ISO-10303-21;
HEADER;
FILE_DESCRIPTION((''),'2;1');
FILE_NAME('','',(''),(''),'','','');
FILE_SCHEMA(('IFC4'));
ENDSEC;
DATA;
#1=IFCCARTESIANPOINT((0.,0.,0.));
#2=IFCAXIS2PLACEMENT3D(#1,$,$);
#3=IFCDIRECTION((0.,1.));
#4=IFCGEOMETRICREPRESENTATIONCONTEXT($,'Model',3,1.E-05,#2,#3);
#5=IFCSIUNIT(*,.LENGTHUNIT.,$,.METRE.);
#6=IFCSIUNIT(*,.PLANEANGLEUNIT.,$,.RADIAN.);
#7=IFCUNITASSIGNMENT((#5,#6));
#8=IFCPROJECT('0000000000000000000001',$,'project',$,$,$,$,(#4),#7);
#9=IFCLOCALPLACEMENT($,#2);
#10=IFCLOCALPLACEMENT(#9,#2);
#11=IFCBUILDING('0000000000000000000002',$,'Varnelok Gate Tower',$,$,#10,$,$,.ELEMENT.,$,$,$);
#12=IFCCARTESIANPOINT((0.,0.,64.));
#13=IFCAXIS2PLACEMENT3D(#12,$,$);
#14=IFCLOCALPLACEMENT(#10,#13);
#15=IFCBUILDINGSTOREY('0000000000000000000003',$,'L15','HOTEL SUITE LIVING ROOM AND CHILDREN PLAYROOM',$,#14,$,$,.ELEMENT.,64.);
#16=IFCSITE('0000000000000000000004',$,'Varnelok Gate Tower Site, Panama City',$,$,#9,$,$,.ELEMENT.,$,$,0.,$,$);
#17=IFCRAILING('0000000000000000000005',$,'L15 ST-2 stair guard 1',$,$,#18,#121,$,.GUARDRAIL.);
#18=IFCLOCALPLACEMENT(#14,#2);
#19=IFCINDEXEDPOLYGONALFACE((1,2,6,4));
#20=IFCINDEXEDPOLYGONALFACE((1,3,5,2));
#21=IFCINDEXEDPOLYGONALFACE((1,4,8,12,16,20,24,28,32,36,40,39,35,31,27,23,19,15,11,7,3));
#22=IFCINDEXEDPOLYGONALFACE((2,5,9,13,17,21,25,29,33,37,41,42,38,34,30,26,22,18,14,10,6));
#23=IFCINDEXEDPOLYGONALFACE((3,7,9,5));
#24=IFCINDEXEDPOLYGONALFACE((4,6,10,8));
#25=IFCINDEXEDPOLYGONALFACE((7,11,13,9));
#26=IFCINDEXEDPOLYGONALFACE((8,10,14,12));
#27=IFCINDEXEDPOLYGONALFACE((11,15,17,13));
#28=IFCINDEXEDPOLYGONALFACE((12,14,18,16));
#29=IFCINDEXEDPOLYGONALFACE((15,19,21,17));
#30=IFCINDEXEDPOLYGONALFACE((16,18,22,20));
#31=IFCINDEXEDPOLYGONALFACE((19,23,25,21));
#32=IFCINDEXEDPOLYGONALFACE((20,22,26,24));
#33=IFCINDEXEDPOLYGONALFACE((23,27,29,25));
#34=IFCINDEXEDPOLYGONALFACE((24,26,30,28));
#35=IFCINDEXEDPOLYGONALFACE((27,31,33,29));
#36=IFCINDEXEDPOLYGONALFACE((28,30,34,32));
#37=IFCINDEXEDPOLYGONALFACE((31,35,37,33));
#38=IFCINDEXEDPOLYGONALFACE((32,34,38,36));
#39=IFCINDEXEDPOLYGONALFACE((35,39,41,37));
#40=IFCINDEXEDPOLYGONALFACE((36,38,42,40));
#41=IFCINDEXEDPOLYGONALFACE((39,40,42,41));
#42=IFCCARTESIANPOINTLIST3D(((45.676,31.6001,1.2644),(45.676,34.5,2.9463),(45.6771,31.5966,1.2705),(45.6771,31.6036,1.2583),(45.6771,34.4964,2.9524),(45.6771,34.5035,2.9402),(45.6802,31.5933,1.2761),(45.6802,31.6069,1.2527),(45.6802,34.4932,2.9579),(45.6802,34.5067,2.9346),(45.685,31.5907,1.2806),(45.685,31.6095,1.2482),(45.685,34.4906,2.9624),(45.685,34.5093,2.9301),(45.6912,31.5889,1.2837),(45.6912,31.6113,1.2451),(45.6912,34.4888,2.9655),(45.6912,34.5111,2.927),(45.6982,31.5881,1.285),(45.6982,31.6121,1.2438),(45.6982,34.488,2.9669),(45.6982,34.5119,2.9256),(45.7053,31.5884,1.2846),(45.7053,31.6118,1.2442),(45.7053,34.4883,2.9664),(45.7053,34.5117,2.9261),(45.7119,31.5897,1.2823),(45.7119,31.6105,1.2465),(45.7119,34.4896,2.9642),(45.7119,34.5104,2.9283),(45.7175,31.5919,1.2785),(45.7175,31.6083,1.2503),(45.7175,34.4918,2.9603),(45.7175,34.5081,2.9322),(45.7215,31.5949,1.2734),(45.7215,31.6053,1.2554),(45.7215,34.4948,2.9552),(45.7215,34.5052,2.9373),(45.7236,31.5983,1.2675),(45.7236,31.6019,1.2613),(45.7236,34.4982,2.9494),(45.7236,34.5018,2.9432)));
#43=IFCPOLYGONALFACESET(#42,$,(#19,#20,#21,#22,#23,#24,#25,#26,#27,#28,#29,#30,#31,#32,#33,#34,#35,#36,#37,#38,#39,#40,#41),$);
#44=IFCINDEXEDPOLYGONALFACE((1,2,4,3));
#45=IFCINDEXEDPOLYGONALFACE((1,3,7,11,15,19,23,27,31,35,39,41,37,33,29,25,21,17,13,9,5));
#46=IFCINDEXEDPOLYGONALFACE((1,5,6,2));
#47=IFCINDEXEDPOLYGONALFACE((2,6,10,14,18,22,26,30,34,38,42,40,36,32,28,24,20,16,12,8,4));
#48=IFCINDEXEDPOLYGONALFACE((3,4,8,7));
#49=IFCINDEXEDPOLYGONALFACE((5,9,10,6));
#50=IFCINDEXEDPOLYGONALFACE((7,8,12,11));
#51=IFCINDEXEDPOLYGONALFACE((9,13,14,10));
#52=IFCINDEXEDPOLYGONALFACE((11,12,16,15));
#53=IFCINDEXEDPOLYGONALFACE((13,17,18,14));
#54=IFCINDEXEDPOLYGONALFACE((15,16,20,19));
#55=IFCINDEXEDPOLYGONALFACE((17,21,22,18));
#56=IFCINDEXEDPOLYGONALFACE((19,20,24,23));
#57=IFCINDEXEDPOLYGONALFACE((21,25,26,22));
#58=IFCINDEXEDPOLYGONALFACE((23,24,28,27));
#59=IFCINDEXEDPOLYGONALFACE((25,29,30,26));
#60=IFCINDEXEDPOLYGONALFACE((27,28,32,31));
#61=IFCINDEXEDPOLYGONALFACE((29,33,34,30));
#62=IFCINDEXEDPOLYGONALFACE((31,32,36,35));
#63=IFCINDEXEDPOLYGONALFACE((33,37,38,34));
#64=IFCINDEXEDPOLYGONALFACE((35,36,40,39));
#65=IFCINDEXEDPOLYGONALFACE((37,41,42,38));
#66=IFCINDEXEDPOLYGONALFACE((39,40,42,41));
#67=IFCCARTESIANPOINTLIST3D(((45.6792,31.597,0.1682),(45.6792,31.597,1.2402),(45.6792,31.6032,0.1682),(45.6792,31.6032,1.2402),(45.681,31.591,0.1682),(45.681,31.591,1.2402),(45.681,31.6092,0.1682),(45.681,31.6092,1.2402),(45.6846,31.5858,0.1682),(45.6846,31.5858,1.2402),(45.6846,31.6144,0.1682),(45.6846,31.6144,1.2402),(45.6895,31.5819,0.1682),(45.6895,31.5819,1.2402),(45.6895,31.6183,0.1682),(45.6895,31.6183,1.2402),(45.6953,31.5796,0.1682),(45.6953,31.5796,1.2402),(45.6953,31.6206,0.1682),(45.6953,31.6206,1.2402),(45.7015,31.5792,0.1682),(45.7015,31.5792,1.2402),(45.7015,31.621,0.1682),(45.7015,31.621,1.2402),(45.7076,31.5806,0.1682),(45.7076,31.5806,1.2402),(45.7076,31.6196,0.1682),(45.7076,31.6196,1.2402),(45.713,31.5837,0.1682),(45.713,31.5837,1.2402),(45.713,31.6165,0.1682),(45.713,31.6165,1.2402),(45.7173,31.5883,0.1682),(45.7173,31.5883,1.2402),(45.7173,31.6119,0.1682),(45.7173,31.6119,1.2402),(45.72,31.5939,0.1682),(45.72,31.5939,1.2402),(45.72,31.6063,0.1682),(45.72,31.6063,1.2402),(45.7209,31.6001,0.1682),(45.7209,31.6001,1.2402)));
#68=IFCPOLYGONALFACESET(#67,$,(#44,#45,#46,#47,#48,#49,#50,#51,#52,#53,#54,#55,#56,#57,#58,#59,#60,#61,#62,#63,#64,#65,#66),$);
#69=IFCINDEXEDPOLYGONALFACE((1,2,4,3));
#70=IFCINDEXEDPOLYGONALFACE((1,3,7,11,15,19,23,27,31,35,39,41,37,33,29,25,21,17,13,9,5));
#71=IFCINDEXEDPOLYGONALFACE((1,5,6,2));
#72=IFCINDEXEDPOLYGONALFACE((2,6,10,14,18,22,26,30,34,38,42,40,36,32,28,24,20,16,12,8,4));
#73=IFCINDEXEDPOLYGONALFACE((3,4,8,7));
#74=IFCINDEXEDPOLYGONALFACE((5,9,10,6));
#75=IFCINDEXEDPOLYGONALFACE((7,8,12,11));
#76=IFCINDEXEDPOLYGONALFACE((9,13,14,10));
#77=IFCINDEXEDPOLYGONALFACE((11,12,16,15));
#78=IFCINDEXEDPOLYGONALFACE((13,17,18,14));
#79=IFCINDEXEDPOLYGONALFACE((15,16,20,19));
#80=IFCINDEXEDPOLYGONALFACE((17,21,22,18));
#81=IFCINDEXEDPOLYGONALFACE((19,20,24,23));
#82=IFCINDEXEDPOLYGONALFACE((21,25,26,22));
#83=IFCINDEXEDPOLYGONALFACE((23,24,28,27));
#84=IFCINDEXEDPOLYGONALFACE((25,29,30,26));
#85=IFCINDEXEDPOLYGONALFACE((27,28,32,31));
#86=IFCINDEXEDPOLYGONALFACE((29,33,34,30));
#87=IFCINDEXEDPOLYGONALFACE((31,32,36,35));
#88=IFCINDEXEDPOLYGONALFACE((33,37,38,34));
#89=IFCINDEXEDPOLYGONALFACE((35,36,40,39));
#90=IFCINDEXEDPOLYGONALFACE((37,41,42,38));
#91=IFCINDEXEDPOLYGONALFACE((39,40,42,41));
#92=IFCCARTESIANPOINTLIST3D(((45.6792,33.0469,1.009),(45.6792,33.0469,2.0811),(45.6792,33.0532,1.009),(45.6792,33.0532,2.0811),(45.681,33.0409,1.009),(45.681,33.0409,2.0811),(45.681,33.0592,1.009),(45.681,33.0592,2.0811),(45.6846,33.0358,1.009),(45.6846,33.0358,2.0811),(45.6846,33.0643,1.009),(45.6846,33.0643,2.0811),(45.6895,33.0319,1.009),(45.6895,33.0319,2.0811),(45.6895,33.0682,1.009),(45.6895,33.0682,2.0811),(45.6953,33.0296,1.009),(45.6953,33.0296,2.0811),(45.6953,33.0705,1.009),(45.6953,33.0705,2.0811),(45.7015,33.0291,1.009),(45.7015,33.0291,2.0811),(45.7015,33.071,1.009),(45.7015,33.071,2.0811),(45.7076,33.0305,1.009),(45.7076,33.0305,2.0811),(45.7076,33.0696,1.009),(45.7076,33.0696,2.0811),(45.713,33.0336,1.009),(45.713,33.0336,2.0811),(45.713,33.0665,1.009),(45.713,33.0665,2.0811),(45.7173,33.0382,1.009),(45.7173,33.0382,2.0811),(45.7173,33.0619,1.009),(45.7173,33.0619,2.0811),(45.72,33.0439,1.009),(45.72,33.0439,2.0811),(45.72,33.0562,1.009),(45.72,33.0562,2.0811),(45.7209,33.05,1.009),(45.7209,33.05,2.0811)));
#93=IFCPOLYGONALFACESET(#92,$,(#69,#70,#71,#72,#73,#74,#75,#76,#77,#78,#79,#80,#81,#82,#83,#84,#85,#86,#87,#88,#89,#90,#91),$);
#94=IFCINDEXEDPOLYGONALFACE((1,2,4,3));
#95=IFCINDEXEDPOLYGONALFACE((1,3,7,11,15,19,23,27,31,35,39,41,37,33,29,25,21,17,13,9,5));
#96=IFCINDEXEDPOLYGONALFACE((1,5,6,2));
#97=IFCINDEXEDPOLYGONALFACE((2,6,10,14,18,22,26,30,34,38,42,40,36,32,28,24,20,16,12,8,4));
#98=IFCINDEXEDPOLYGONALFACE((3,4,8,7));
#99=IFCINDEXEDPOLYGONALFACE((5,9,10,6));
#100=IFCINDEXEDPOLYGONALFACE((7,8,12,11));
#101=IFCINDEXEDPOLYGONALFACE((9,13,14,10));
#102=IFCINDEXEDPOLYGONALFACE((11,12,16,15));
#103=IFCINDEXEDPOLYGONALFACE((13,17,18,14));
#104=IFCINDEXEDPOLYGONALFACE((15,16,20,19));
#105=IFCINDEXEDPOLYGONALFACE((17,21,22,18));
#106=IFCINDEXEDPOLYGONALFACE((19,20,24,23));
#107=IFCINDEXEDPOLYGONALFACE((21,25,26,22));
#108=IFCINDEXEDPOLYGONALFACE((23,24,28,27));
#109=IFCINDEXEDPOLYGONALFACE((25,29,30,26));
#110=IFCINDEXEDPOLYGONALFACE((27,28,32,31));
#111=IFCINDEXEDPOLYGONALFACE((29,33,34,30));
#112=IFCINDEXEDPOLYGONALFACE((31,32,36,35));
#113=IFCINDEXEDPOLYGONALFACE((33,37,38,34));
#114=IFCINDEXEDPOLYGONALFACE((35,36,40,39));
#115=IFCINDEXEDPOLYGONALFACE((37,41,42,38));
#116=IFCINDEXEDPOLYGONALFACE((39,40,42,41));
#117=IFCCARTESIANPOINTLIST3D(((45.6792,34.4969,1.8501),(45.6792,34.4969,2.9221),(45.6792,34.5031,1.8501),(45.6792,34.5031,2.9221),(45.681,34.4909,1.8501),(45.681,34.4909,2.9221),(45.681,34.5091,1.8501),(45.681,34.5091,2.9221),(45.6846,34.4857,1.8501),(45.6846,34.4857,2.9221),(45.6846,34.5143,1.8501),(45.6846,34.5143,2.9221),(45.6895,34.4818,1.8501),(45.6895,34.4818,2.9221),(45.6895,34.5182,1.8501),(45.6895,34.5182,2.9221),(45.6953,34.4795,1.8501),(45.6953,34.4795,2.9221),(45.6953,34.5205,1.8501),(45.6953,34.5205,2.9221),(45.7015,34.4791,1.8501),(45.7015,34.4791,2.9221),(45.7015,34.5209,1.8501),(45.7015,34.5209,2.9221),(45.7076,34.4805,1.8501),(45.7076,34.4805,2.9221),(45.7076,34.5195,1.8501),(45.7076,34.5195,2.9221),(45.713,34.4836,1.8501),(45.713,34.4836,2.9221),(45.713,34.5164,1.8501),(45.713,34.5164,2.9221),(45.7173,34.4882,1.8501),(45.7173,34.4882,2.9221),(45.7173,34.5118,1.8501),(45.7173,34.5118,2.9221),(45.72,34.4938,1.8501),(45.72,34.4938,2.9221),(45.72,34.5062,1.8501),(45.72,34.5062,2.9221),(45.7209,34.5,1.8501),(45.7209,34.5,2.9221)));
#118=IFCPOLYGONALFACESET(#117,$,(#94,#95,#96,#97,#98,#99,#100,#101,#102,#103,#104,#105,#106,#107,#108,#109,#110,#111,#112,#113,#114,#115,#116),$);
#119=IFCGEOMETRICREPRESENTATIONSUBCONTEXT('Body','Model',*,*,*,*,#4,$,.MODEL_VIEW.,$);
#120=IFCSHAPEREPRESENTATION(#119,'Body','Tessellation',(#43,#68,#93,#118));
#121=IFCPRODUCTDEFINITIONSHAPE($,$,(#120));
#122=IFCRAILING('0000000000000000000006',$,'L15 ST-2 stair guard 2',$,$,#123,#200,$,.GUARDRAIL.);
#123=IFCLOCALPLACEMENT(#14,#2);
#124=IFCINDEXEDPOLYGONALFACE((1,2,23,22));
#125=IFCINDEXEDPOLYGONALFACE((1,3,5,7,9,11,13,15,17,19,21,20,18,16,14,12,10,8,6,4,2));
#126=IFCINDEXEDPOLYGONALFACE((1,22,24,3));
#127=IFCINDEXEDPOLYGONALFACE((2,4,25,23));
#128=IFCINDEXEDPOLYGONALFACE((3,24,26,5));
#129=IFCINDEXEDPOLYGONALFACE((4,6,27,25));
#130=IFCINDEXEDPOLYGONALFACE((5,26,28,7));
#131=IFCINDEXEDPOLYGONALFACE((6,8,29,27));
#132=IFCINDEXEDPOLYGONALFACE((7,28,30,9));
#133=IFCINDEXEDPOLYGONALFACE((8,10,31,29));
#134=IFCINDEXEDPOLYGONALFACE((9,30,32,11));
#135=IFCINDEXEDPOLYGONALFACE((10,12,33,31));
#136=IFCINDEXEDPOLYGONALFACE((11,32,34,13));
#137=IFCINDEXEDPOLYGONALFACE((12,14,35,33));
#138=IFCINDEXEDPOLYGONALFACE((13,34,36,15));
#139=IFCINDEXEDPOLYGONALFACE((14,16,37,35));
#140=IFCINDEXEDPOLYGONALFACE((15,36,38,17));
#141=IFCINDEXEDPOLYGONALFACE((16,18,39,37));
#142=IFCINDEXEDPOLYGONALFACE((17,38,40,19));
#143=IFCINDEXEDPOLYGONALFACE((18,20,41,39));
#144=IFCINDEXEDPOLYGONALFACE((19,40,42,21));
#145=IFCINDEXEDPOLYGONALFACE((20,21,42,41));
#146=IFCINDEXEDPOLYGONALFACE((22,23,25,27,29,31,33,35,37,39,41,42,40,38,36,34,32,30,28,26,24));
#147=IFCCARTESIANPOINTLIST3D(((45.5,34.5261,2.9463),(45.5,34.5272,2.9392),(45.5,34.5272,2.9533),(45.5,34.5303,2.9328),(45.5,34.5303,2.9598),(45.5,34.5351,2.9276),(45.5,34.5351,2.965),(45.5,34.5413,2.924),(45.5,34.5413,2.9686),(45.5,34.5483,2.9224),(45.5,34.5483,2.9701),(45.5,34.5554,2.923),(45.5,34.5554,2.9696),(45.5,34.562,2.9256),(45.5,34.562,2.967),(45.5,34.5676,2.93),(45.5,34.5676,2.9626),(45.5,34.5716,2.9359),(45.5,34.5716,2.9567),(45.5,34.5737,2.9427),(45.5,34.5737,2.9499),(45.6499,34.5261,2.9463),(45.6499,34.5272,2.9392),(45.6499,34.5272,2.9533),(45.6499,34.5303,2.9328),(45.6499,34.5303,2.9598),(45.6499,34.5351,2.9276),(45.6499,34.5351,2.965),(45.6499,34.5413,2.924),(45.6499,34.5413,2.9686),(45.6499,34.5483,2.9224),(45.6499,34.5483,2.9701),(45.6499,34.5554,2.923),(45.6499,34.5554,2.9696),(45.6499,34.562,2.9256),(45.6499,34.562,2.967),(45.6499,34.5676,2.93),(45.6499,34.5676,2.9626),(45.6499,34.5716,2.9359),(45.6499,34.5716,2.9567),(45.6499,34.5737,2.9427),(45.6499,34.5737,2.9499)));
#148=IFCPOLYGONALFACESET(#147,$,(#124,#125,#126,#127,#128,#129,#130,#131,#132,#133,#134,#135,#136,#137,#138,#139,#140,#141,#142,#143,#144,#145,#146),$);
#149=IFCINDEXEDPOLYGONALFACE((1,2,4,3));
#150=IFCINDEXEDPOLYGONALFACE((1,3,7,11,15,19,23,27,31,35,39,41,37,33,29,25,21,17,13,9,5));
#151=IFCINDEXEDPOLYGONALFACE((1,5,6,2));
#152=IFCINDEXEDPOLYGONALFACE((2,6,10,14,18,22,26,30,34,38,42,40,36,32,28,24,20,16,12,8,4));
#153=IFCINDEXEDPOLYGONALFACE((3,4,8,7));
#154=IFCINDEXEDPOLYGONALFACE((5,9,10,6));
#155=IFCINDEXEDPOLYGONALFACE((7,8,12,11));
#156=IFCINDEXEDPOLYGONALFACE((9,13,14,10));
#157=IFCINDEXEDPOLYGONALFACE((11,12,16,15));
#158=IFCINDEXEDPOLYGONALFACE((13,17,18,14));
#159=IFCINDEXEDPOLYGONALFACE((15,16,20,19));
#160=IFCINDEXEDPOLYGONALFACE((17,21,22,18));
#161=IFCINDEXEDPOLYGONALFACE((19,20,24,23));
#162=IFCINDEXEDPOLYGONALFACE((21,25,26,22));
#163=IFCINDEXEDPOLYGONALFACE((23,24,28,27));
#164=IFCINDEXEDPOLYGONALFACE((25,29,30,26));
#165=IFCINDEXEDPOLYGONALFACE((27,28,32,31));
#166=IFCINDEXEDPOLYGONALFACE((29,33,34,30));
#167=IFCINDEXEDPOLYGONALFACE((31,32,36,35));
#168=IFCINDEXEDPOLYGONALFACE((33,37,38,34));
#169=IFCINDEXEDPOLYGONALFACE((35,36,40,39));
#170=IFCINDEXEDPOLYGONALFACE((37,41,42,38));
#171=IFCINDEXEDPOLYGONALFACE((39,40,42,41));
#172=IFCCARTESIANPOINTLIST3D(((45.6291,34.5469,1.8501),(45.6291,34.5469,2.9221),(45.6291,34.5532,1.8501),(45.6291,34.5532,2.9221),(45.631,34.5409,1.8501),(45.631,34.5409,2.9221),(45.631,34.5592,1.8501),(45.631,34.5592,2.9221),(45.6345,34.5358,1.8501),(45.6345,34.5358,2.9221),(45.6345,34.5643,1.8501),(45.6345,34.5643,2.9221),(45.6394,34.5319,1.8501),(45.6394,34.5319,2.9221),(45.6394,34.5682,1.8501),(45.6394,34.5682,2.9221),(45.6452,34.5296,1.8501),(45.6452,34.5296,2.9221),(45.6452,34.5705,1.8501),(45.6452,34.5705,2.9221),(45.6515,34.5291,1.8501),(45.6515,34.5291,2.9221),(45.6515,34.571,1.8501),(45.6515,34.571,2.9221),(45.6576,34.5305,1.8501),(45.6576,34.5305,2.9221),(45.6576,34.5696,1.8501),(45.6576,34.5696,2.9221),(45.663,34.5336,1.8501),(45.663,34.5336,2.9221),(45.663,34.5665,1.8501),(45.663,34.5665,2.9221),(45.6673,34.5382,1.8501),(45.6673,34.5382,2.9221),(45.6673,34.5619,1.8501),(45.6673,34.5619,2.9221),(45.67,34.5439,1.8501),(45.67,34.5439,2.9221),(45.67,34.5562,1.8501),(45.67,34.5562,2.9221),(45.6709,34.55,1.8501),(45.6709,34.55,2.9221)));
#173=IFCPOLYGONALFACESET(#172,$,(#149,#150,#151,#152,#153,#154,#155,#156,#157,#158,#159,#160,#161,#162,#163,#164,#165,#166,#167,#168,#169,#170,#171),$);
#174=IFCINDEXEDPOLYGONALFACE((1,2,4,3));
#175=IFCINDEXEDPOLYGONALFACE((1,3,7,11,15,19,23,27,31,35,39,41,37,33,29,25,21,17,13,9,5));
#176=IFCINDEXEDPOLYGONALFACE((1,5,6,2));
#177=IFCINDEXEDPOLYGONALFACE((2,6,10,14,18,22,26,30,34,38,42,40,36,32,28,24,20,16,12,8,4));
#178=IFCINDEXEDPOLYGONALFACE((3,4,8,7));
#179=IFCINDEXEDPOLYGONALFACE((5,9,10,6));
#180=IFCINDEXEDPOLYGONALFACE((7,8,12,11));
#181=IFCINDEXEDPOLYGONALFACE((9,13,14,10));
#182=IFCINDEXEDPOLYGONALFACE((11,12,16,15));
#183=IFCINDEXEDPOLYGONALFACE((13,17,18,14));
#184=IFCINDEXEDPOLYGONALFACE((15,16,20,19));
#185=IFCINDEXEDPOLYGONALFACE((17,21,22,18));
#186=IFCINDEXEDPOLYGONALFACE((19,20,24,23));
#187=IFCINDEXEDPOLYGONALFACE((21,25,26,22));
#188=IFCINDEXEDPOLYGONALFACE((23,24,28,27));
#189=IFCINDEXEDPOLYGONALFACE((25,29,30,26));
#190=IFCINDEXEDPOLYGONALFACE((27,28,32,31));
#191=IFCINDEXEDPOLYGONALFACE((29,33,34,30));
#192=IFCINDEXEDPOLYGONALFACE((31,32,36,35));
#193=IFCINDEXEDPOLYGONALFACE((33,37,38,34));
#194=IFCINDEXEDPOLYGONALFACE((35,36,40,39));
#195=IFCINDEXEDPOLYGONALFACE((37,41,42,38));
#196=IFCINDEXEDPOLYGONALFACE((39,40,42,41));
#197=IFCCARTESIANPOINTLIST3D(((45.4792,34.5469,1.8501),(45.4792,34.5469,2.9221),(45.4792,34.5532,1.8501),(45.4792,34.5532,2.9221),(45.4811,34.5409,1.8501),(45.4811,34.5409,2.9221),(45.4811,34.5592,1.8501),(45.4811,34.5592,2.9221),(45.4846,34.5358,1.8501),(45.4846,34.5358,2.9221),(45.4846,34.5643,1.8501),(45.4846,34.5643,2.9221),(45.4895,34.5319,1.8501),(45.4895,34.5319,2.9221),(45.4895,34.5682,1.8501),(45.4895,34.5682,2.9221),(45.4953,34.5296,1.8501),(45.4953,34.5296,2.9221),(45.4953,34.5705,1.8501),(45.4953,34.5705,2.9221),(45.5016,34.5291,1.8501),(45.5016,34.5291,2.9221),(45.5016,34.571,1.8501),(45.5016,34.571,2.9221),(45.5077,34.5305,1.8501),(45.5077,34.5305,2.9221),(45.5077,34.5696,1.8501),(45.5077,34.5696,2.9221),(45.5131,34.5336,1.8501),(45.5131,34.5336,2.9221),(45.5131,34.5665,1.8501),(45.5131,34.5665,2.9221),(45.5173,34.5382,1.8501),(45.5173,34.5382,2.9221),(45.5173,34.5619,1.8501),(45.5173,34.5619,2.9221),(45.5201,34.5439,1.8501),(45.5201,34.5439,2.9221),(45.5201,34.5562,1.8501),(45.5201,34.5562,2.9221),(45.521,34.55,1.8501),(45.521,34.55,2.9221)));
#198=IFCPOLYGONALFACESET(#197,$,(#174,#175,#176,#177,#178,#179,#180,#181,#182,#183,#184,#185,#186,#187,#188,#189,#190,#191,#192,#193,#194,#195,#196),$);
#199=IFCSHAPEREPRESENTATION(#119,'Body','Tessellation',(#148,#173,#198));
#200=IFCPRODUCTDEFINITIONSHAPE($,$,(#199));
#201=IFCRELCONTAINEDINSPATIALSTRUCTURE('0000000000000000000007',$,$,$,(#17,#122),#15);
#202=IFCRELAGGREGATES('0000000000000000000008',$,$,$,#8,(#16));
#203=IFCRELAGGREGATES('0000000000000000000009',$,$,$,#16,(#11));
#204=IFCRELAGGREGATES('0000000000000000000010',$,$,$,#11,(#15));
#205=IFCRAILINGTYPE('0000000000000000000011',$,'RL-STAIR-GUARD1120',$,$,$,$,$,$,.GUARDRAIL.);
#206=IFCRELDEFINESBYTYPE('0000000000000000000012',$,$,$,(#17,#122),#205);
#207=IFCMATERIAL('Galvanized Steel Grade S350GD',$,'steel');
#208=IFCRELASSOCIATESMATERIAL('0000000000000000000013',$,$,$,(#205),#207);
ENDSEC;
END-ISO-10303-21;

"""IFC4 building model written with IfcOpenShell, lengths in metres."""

from ifc_helpers import new_model, si_unit, direction, frame, origin, origin_2d, place, context, subcontext, project, spatial, circle, extrude, material, type_object, element, save


model = new_model("IFC4")

# Units and contexts
model_context = context("Model", 3, precision=1e-05, world=origin(), true_north=direction((0.0, 1.0)))
body_context = subcontext(model_context, "Body", "Model", "MODEL_VIEW")
ifc_project = project(units=[si_unit("LENGTHUNIT", "METRE"), si_unit("PLANEANGLEUNIT", "RADIAN")], contexts=[model_context])

# Site, building, storey
site_placement = place(None, origin())
site = spatial("IfcSite", under=ifc_project, at=site_placement, Name="Varnelok Gate Tower Site, Panama City", CompositionType="ELEMENT", RefElevation=0.0)
building_placement = place(site_placement, origin())
building = spatial("IfcBuilding", under=site, at=building_placement, Name="Varnelok Gate Tower", CompositionType="ELEMENT")
storey_placement = place(building_placement, frame((0.0, 0.0, 64.0)))
storey = spatial("IfcBuildingStorey", under=building, at=storey_placement, Name="L15", Description="HOTEL SUITE LIVING ROOM AND CHILDREN PLAYROOM", CompositionType="ELEMENT", Elevation=64.0)

# Shared definitions
ifc_material_1 = material(Name="Galvanized Steel Grade S350GD", Category="steel")

# Railings
railing_type_1 = type_object("IfcRailingType", Name="RL-STAIR-GUARD1120", PredefinedType="GUARDRAIL", material=ifc_material_1)
railing_1_placement = place(storey_placement, frame((45.7, 31.6001, 0.1682)))
element("IfcRailing", 1, at=railing_1_placement, inside=storey, type_object=railing_type_1, Name="L15 ST-2 stair guard 1", PredefinedType="GUARDRAIL", context=body_context, shape_type="SweptSolid", body=[
    extrude(circle(Radius=0.0239, at=origin_2d()), frame((0.0, 0.0, 1.0962), z_axis=(0.0, 0.865039, 0.501705), x_axis=(-1.0, 0.0, 0.0)), (0.0, 0.0, 1.0), 3.3523),
    extrude(circle(Radius=0.021, at=origin_2d()), origin(), (0.0, 0.0, 1.0), 1.072),
    extrude(circle(Radius=0.021, at=origin_2d()), frame((0.0, 1.45, 0.8408)), (0.0, 0.0, 1.0), 1.072),
    extrude(circle(Radius=0.021, at=origin_2d()), frame((0.0, 2.8999, 1.6819)), (0.0, 0.0, 1.0), 1.072),
])
railing_2_placement = place(storey_placement, frame((45.6499, 34.55, 1.8501)))
element("IfcRailing", 2, at=railing_2_placement, inside=storey, type_object=railing_type_1, Name="L15 ST-2 stair guard 2", PredefinedType="GUARDRAIL", context=body_context, shape_type="SweptSolid", body=[
    extrude(circle(Radius=0.0239, at=origin_2d()), frame((0.0, 0.0, 1.0962), z_axis=(-1.0, 0.0, 0.0), x_axis=(0.0, -1.0, 0.0)), (0.0, 0.0, 1.0), 0.1499),
    extrude(circle(Radius=0.021, at=origin_2d()), origin(), (0.0, 0.0, 1.0), 1.072),
    extrude(circle(Radius=0.021, at=origin_2d()), frame((-0.1499, 0.0, 0.0)), (0.0, 0.0, 1.0), 1.072),
])

save(model, "model.ifc")
